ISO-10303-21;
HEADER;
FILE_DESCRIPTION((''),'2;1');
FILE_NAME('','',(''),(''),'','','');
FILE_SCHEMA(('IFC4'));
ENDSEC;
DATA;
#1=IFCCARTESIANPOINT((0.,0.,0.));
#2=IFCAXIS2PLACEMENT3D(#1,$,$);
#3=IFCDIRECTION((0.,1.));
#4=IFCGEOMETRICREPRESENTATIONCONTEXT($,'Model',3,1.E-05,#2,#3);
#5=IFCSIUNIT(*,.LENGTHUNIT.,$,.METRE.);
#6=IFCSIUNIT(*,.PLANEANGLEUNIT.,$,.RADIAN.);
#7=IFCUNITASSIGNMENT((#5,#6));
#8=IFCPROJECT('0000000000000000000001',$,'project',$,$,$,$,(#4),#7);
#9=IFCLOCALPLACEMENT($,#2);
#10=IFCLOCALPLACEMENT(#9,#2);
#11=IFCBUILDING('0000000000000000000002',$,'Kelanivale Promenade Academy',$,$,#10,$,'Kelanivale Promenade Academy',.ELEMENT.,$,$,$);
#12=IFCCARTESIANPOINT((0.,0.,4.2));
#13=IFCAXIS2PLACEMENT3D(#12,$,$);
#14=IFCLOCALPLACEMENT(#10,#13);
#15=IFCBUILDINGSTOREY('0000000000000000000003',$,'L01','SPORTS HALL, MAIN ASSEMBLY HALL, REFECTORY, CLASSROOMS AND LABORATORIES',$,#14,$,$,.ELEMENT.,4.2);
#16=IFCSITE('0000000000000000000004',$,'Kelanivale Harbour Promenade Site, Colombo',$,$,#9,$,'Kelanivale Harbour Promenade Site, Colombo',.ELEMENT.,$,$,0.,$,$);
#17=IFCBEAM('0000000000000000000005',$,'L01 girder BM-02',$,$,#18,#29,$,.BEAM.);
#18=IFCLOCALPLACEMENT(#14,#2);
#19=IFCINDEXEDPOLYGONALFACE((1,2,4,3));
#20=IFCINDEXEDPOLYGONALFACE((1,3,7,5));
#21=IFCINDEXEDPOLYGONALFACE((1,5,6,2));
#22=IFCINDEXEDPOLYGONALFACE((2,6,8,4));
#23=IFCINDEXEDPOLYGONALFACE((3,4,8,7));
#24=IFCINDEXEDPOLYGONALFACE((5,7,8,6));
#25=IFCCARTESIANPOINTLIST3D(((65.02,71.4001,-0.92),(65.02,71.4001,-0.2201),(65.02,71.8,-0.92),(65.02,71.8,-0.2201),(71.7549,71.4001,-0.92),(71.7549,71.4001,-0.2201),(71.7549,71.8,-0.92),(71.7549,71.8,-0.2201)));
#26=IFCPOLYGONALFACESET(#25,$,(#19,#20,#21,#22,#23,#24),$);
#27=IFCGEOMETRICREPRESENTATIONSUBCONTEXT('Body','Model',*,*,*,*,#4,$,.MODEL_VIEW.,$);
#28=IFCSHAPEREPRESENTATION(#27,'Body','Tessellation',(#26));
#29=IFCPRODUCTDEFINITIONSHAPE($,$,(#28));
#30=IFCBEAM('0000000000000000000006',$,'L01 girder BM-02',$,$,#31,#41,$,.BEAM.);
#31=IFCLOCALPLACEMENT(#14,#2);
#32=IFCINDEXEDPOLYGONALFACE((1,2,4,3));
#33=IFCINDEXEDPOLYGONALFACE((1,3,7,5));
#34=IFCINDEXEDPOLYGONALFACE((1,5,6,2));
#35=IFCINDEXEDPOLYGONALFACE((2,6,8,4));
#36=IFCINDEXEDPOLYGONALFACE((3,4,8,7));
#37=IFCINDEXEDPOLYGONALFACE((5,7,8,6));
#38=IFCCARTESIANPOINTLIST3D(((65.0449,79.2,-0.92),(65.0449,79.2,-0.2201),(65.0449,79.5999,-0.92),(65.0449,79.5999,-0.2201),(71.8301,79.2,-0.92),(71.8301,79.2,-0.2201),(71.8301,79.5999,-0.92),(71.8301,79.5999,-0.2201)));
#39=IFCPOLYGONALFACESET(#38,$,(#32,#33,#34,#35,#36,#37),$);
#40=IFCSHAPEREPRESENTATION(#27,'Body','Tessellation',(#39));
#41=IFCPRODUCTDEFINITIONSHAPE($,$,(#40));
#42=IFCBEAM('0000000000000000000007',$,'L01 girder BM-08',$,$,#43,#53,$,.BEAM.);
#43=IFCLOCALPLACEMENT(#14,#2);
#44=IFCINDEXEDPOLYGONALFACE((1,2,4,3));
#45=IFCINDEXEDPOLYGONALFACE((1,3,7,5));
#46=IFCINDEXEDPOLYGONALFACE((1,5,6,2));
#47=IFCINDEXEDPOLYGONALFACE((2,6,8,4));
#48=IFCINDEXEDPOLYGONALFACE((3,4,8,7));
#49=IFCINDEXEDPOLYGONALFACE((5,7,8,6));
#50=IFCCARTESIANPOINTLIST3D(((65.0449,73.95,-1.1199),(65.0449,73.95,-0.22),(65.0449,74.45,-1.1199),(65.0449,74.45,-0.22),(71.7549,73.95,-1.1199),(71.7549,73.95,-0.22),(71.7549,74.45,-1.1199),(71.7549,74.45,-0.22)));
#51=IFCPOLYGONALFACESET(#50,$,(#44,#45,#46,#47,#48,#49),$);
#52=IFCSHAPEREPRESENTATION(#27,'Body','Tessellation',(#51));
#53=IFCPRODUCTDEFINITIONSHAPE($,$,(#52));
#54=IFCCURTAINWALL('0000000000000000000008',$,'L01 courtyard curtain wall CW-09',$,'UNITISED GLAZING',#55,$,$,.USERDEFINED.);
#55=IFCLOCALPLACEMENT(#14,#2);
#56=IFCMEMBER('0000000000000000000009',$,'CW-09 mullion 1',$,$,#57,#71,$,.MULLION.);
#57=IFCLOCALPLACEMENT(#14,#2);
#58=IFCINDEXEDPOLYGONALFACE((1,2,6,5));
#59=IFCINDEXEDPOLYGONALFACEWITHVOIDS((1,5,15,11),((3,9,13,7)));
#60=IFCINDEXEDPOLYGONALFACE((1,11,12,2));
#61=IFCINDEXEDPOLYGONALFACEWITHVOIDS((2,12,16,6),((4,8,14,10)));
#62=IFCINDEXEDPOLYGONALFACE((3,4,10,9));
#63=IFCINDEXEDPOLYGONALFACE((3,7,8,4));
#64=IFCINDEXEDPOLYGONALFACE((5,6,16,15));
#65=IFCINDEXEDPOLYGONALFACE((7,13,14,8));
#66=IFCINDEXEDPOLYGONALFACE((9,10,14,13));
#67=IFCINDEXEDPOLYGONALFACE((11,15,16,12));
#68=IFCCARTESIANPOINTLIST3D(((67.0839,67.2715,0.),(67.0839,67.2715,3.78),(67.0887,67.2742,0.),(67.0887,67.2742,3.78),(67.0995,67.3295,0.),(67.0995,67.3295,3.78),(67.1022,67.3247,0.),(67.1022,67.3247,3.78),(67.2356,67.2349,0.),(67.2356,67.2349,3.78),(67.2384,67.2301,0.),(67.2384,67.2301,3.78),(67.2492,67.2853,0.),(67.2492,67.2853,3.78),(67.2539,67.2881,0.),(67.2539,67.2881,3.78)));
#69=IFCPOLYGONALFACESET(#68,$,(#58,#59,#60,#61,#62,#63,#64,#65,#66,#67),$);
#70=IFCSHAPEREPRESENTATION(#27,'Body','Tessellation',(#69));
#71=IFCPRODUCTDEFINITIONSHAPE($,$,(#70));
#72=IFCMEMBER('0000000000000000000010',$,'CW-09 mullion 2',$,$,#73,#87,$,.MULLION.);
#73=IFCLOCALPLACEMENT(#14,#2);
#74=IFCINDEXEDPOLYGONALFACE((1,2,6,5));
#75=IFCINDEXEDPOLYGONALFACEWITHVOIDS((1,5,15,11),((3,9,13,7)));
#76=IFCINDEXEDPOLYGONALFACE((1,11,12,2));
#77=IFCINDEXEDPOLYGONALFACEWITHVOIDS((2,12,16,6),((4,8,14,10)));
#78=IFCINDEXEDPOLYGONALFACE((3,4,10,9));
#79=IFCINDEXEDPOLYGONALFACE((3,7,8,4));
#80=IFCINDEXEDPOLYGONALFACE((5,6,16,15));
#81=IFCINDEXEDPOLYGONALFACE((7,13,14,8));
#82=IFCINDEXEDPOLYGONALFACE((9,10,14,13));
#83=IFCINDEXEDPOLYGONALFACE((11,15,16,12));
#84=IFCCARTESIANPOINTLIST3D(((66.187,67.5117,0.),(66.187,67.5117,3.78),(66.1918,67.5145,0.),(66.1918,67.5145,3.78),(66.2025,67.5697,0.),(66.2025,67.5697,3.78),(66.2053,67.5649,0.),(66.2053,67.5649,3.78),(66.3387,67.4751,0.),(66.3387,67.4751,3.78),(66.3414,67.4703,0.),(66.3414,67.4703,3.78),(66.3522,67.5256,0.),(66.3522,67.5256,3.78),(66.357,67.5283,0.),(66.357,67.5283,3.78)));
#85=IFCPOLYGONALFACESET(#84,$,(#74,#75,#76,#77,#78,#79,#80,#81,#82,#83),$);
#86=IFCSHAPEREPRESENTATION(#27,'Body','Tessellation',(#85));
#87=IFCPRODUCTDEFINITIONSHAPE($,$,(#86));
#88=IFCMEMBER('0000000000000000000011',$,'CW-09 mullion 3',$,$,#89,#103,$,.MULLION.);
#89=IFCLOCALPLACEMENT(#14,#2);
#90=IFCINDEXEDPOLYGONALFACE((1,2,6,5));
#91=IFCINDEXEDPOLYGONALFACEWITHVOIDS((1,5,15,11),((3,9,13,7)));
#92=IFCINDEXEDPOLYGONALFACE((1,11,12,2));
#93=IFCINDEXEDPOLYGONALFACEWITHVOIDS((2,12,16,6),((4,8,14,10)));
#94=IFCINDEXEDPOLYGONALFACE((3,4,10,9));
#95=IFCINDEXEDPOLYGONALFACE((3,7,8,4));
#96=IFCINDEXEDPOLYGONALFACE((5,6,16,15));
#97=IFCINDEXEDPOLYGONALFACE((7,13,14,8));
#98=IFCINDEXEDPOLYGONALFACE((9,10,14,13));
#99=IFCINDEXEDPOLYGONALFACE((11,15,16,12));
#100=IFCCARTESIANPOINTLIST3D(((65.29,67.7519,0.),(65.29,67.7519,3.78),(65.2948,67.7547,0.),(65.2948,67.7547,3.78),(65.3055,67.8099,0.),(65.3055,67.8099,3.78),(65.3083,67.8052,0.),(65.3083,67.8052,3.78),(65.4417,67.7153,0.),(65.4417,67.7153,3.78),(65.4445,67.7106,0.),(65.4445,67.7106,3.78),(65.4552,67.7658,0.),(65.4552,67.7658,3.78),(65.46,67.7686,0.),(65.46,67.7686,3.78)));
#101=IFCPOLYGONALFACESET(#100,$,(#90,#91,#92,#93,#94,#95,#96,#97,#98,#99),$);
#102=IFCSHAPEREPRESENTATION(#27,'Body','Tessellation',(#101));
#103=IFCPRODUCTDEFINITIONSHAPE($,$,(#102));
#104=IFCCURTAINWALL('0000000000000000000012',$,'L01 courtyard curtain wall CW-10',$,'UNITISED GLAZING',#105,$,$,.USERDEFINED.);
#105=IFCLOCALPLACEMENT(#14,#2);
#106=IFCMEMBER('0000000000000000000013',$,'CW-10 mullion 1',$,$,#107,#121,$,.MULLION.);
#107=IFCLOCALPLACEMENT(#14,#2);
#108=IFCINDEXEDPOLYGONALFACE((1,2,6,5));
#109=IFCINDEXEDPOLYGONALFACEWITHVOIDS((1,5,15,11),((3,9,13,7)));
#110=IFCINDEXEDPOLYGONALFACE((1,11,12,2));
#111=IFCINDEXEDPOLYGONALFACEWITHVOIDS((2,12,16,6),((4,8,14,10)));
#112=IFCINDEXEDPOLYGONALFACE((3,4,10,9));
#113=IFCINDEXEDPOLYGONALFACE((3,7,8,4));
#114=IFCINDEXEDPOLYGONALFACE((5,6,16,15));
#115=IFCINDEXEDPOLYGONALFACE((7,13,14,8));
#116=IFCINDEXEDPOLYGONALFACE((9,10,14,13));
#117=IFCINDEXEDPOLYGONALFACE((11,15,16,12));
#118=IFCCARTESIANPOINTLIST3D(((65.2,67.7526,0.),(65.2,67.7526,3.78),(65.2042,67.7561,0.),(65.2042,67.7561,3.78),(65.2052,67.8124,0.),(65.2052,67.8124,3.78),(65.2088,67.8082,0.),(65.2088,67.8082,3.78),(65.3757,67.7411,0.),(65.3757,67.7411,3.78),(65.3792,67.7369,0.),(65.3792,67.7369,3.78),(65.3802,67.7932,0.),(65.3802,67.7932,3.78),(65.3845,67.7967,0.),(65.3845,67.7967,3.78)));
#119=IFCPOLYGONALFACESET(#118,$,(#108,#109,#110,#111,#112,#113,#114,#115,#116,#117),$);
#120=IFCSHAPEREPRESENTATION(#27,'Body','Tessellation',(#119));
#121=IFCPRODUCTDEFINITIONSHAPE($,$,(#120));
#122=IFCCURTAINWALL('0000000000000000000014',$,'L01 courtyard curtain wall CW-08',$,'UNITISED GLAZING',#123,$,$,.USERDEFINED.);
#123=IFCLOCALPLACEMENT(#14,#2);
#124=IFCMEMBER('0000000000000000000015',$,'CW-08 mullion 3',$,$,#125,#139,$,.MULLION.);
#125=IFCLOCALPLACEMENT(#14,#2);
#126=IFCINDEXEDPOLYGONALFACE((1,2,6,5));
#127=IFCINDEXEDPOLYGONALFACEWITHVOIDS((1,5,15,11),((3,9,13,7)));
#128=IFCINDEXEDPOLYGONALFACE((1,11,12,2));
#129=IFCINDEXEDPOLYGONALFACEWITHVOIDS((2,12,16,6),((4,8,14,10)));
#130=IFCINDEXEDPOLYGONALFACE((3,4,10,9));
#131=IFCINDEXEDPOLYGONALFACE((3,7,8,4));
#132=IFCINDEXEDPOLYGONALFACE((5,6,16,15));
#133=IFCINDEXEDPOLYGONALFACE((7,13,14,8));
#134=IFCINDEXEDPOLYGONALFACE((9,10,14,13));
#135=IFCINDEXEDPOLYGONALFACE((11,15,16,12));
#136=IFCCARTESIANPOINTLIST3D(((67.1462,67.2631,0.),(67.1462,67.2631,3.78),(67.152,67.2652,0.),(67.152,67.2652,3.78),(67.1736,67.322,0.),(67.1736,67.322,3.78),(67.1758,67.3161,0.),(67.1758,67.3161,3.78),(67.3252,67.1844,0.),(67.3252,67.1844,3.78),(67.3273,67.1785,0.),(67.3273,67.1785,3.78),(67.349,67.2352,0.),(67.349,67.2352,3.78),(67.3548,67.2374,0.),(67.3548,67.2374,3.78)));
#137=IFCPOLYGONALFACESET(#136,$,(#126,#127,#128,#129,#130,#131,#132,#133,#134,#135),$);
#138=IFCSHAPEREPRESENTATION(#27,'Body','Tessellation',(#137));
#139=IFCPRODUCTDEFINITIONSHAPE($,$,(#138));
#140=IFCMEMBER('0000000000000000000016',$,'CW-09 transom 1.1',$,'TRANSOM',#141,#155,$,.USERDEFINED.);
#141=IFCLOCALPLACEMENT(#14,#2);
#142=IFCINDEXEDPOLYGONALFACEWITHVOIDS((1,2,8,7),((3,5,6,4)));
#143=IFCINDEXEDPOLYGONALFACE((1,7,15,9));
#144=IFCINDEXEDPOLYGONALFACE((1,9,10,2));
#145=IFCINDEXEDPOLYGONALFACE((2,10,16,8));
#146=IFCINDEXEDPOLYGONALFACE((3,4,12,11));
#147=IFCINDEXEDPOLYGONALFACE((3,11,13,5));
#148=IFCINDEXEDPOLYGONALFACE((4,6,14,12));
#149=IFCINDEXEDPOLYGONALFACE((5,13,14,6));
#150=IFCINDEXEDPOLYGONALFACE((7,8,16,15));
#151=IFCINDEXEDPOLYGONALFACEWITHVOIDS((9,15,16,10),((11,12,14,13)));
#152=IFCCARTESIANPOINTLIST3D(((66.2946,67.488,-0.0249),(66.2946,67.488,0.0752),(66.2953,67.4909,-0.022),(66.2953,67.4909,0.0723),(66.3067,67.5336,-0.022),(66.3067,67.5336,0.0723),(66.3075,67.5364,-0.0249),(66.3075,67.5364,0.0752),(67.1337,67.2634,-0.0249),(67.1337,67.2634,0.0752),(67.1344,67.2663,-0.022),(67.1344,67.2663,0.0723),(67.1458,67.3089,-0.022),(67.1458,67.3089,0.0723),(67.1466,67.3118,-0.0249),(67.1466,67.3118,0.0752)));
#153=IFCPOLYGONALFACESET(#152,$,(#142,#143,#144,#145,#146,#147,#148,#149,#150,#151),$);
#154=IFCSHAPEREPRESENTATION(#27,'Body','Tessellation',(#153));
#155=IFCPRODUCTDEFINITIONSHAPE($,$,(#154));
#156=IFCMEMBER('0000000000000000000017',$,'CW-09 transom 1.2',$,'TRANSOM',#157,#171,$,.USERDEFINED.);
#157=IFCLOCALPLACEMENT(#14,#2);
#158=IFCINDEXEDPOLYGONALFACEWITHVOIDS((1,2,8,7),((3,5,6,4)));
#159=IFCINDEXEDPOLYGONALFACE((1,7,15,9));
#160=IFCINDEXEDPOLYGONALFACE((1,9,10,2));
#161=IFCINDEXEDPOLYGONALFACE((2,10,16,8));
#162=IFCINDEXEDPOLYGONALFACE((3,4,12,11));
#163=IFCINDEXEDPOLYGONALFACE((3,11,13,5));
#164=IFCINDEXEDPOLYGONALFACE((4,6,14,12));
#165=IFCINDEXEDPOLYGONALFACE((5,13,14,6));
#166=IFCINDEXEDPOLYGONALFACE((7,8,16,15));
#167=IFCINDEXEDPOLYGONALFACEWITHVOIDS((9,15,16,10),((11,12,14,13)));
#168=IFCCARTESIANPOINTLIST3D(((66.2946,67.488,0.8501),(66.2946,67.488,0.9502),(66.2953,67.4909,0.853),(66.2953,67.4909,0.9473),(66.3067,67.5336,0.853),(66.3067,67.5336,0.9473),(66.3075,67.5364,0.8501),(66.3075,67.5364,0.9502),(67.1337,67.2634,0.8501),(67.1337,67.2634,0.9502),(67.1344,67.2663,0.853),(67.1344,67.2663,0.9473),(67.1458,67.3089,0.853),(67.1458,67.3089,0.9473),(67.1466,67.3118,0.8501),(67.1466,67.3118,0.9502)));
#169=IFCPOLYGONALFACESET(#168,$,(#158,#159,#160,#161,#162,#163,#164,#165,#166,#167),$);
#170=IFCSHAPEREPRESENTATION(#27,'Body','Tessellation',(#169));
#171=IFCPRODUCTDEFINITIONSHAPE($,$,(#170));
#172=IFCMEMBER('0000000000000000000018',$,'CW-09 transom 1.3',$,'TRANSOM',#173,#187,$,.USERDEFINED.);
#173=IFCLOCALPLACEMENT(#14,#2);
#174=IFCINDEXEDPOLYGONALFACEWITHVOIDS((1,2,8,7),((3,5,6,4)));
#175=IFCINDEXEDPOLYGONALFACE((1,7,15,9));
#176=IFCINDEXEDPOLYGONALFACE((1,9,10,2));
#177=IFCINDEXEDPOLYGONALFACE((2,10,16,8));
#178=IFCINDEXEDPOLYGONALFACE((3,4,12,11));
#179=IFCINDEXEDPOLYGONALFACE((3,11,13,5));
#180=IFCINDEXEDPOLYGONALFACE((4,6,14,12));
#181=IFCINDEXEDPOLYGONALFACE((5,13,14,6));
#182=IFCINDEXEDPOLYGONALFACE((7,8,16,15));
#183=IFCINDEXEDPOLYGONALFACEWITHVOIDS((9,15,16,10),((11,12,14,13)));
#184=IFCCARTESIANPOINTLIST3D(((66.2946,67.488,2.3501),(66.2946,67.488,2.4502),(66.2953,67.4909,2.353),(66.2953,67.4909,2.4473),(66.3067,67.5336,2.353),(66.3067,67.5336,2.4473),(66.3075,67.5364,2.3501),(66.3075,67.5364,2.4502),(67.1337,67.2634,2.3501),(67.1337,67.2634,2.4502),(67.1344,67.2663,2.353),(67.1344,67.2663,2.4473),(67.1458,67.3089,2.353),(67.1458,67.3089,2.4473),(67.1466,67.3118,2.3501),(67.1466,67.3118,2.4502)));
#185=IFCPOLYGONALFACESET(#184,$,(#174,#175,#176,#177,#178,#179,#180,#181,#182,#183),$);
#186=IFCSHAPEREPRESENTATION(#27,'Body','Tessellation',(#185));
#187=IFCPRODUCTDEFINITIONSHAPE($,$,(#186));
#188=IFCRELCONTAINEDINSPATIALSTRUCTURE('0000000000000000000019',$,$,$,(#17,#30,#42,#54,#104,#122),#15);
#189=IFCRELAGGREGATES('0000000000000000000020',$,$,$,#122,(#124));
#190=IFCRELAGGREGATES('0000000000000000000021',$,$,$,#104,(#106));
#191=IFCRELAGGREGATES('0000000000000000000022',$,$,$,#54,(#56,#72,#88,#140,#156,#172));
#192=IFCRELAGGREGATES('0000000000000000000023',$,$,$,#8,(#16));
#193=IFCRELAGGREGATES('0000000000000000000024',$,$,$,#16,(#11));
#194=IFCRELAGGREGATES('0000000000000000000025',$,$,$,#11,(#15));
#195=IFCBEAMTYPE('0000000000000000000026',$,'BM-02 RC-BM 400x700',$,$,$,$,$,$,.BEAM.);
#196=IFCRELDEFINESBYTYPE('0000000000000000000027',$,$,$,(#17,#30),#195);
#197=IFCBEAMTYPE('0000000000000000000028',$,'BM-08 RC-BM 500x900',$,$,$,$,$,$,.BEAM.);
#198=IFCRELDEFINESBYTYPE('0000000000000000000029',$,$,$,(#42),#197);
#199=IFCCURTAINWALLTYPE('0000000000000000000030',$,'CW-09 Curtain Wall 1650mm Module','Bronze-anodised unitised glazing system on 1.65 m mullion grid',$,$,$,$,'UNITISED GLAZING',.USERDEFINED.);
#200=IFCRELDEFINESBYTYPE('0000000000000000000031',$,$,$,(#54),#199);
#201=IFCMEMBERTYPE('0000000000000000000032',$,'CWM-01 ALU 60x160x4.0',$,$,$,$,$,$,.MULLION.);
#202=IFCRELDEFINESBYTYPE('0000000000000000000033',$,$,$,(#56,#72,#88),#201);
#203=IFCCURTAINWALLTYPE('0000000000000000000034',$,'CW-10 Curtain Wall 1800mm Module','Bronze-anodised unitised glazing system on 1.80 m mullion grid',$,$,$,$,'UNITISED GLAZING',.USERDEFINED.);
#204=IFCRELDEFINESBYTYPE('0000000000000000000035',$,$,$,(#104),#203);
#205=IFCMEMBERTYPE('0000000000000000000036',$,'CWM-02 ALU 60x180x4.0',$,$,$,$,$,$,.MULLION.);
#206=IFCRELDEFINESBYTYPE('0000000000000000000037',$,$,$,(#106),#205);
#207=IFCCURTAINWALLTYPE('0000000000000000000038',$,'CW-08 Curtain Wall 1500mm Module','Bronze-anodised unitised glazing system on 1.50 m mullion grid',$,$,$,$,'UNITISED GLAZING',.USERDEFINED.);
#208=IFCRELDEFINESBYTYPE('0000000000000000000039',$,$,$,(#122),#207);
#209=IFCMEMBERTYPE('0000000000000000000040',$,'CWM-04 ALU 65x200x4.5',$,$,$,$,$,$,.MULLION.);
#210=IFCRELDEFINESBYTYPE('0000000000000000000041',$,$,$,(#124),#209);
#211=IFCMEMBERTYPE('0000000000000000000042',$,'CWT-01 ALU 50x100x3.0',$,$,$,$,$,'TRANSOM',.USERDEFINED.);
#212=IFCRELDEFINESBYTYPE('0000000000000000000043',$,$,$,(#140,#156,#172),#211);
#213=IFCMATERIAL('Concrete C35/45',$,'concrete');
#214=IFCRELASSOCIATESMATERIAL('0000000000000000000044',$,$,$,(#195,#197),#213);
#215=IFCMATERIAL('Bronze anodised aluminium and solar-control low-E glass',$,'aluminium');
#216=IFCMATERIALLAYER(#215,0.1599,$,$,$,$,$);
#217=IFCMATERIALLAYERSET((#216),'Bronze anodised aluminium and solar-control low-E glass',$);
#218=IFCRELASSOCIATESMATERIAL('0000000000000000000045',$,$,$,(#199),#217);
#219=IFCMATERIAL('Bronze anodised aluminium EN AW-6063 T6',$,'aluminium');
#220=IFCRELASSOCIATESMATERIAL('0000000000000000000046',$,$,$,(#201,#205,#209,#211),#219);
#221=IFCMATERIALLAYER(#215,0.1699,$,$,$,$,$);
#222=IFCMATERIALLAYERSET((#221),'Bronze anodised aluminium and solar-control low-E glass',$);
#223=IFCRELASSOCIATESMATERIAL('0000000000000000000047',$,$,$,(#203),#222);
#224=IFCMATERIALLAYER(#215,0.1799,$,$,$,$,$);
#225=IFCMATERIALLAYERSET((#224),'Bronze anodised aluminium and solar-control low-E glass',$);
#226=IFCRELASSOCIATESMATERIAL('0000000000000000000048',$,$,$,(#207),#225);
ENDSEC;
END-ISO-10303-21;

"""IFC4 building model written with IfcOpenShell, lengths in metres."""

from ifc_helpers import new_model, si_unit, direction, frame, origin, origin_2d, place, context, subcontext, project, spatial, rectangle, hollow_rectangle, extrude, material, layer, layer_set, material_profile, profile_set, type_object, element, aggregate, save


model = new_model("IFC4")

# Units and contexts
model_context = context("Model", 3, precision=1e-05, world=origin(), true_north=direction((0.0, 1.0)))
body_context = subcontext(model_context, "Body", "Model", "MODEL_VIEW")
ifc_project = project(units=[si_unit("LENGTHUNIT", "METRE"), si_unit("PLANEANGLEUNIT", "RADIAN")], contexts=[model_context])

# Site, building, storey
site_placement = place(None, origin())
site = spatial("IfcSite", under=ifc_project, at=site_placement, Name="Kelanivale Harbour Promenade Site, Colombo", LongName="Kelanivale Harbour Promenade Site, Colombo", CompositionType="ELEMENT", RefElevation=0.0)
building_placement = place(site_placement, origin())
building = spatial("IfcBuilding", under=site, at=building_placement, Name="Kelanivale Promenade Academy", LongName="Kelanivale Promenade Academy", CompositionType="ELEMENT")
storey_placement = place(building_placement, frame((0.0, 0.0, 4.2)))
storey = spatial("IfcBuildingStorey", under=building, at=storey_placement, Name="L01", Description="SPORTS HALL, MAIN ASSEMBLY HALL, REFECTORY, CLASSROOMS AND LABORATORIES", CompositionType="ELEMENT", Elevation=4.2)

# Beams
ifc_material_1 = material(Name="Concrete C35/45", Category="concrete")
ifc_material_profile_1 = material_profile(ifc_material_1, rectangle(XDim=0.3999, YDim=0.7, at=origin_2d()), Name="RC-BM 400x700")
ifc_profile_set_1 = profile_set([ifc_material_profile_1], Name="Concrete C35/45")
beam_type_1 = type_object("IfcBeamType", Name="BM-02 RC-BM 400x700", PredefinedType="BEAM", material=ifc_profile_set_1)
beam_1_placement = place(storey_placement, frame((65.02, 71.6001, -0.5701), z_axis=(1.0, 0.0, 0.0), x_axis=(0.0, 1.0, 0.0)))
element("IfcBeam", 1, at=beam_1_placement, inside=storey, type_object=beam_type_1, Name="L01 girder BM-02", PredefinedType="BEAM", context=body_context, shape_type="SweptSolid", body=[
    extrude(rectangle(XDim=0.3999, YDim=0.7, at=origin_2d()), origin(), (0.0, 0.0, 1.0), 6.7349),
])
beam_2_placement = place(storey_placement, frame((65.0449, 79.3999, -0.5701), z_axis=(1.0, 0.0, 0.0), x_axis=(0.0, 1.0, 0.0)))
element("IfcBeam", 2, at=beam_2_placement, inside=storey, type_object=beam_type_1, Name="L01 girder BM-02", PredefinedType="BEAM", context=body_context, shape_type="SweptSolid", body=[
    extrude(rectangle(XDim=0.3999, YDim=0.7, at=origin_2d()), origin(), (0.0, 0.0, 1.0), 6.7852),
])
ifc_material_profile_2 = material_profile(ifc_material_1, rectangle(XDim=0.5, YDim=0.8999, at=origin_2d()), Name="RC-BM 500x900")
ifc_profile_set_2 = profile_set([ifc_material_profile_2], Name="Concrete C35/45")
beam_type_2 = type_object("IfcBeamType", Name="BM-08 RC-BM 500x900", PredefinedType="BEAM", material=ifc_profile_set_2)
beam_3_placement = place(storey_placement, frame((65.0449, 74.2, -0.6699), z_axis=(1.0, 0.0, 0.0), x_axis=(0.0, 1.0, 0.0)))
element("IfcBeam", 3, at=beam_3_placement, inside=storey, type_object=beam_type_2, Name="L01 girder BM-08", PredefinedType="BEAM", context=body_context, shape_type="SweptSolid", body=[
    extrude(rectangle(XDim=0.5, YDim=0.8999, at=origin_2d()), origin(), (0.0, 0.0, 1.0), 6.71),
])

# Curtain wall, members
ifc_material_2 = material(Name="Bronze anodised aluminium and solar-control low-E glass", Category="aluminium")
ifc_layer_1 = layer(ifc_material_2, 0.1599)
ifc_layer_set_1 = layer_set([ifc_layer_1], Name="Bronze anodised aluminium and solar-control low-E glass")
curtain_wall_type_1 = type_object("IfcCurtainWallType", Name="CW-09 Curtain Wall 1650mm Module", Description="Bronze-anodised unitised glazing system on 1.65 m mullion grid", ElementType="UNITISED GLAZING", PredefinedType="USERDEFINED", material=ifc_layer_set_1)
curtain_wall_1_placement = place(storey_placement, origin())
curtain_wall_1 = element("IfcCurtainWall", 4, at=curtain_wall_1_placement, inside=storey, type_object=curtain_wall_type_1, Name="L01 courtyard curtain wall CW-09", ObjectType="UNITISED GLAZING", PredefinedType="USERDEFINED")
ifc_material_3 = material(Name="Bronze anodised aluminium EN AW-6063 T6", Category="aluminium")
ifc_material_profile_3 = material_profile(ifc_material_3, hollow_rectangle(XDim=0.0601, YDim=0.1599, WallThickness=0.0039, at=origin_2d()), Name="ALU 60x160x4.0")
ifc_profile_set_3 = profile_set([ifc_material_profile_3], Name="Bronze anodised aluminium EN AW-6063 T6")
member_type_1 = type_object("IfcMemberType", Name="CWM-01 ALU 60x160x4.0", PredefinedType="MULLION", material=ifc_profile_set_3)
member_1_placement = place(storey_placement, frame((67.1689, 67.2798, 0.0), z_axis=(0.0, 0.0, 1.0), x_axis=(-0.258701, -0.965957, 0.0)))
member_1 = element("IfcMember", 5, at=member_1_placement, type_object=member_type_1, Name="CW-09 mullion 1", PredefinedType="MULLION", context=body_context, shape_type="SweptSolid", body=[
    extrude(hollow_rectangle(XDim=0.0601, YDim=0.1599, WallThickness=0.0039, at=origin_2d()), origin(), (0.0, 0.0, 1.0), 3.78),
])
member_2_placement = place(storey_placement, frame((66.272, 67.52, 0.0), z_axis=(0.0, 0.0, 1.0), x_axis=(-0.258701, -0.965957, 0.0)))
member_2 = element("IfcMember", 6, at=member_2_placement, type_object=member_type_1, Name="CW-09 mullion 2", PredefinedType="MULLION", context=body_context, shape_type="SweptSolid", body=[
    extrude(hollow_rectangle(XDim=0.0601, YDim=0.1599, WallThickness=0.0039, at=origin_2d()), origin(), (0.0, 0.0, 1.0), 3.78),
])
member_3_placement = place(storey_placement, frame((65.375, 67.7603, 0.0), z_axis=(0.0, 0.0, 1.0), x_axis=(-0.258701, -0.965957, 0.0)))
member_3 = element("IfcMember", 7, at=member_3_placement, type_object=member_type_1, Name="CW-09 mullion 3", PredefinedType="MULLION", context=body_context, shape_type="SweptSolid", body=[
    extrude(hollow_rectangle(XDim=0.0601, YDim=0.1599, WallThickness=0.0039, at=origin_2d()), origin(), (0.0, 0.0, 1.0), 3.78),
])

# Curtain walls, members
ifc_layer_2 = layer(ifc_material_2, 0.1699)
ifc_layer_set_2 = layer_set([ifc_layer_2], Name="Bronze anodised aluminium and solar-control low-E glass")
curtain_wall_type_2 = type_object("IfcCurtainWallType", Name="CW-10 Curtain Wall 1800mm Module", Description="Bronze-anodised unitised glazing system on 1.80 m mullion grid", ElementType="UNITISED GLAZING", PredefinedType="USERDEFINED", material=ifc_layer_set_2)
curtain_wall_2_placement = place(storey_placement, origin())
curtain_wall_2 = element("IfcCurtainWall", 8, at=curtain_wall_2_placement, inside=storey, type_object=curtain_wall_type_2, Name="L01 courtyard curtain wall CW-10", ObjectType="UNITISED GLAZING", PredefinedType="USERDEFINED")
ifc_material_profile_4 = material_profile(ifc_material_3, hollow_rectangle(XDim=0.0601, YDim=0.1799, WallThickness=0.0039, at=origin_2d()), Name="ALU 60x180x4.0")
ifc_profile_set_4 = profile_set([ifc_material_profile_4], Name="Bronze anodised aluminium EN AW-6063 T6")
member_type_2 = type_object("IfcMemberType", Name="CWM-02 ALU 60x180x4.0", PredefinedType="MULLION", material=ifc_profile_set_4)
member_4_placement = place(storey_placement, frame((65.2922, 67.7747, 0.0), z_axis=(0.0, 0.0, 1.0), x_axis=(-0.087265, -0.996185, 0.0)))
member_4 = element("IfcMember", 9, at=member_4_placement, type_object=member_type_2, Name="CW-10 mullion 1", PredefinedType="MULLION", context=body_context, shape_type="SweptSolid", body=[
    extrude(hollow_rectangle(XDim=0.0601, YDim=0.1799, WallThickness=0.0039, at=origin_2d()), origin(), (0.0, 0.0, 1.0), 3.78),
])
ifc_layer_3 = layer(ifc_material_2, 0.1799)
ifc_layer_set_3 = layer_set([ifc_layer_3], Name="Bronze anodised aluminium and solar-control low-E glass")
curtain_wall_type_3 = type_object("IfcCurtainWallType", Name="CW-08 Curtain Wall 1500mm Module", Description="Bronze-anodised unitised glazing system on 1.50 m mullion grid", ElementType="UNITISED GLAZING", PredefinedType="USERDEFINED", material=ifc_layer_set_3)
curtain_wall_3_placement = place(storey_placement, origin())
curtain_wall_3 = element("IfcCurtainWall", 10, at=curtain_wall_3_placement, inside=storey, type_object=curtain_wall_type_3, Name="L01 courtyard curtain wall CW-08", ObjectType="UNITISED GLAZING", PredefinedType="USERDEFINED")
ifc_material_profile_5 = material_profile(ifc_material_3, hollow_rectangle(XDim=0.0649, YDim=0.2, WallThickness=0.0044, at=origin_2d()), Name="ALU 65x200x4.5")
ifc_profile_set_5 = profile_set([ifc_material_profile_5], Name="Bronze anodised aluminium EN AW-6063 T6")
member_type_3 = type_object("IfcMemberType", Name="CWM-04 ALU 65x200x4.5", PredefinedType="MULLION", material=ifc_profile_set_5)
member_5_placement = place(storey_placement, frame((67.2505, 67.2502, 0.0), z_axis=(0.0, 0.0, 1.0), x_axis=(-0.423087, -0.906089, 0.0)))
member_5 = element("IfcMember", 11, at=member_5_placement, type_object=member_type_3, Name="CW-08 mullion 3", PredefinedType="MULLION", context=body_context, shape_type="SweptSolid", body=[
    extrude(hollow_rectangle(XDim=0.0649, YDim=0.2, WallThickness=0.0044, at=origin_2d()), origin(), (0.0, 0.0, 1.0), 3.78),
])
aggregate(curtain_wall_3, [member_5])

# Members
ifc_material_profile_6 = material_profile(ifc_material_3, hollow_rectangle(XDim=0.05, YDim=0.1001, WallThickness=0.0029, at=origin_2d()), Name="ALU 50x100x3.0")
ifc_profile_set_6 = profile_set([ifc_material_profile_6], Name="Bronze anodised aluminium EN AW-6063 T6")
member_type_4 = type_object("IfcMemberType", Name="CWT-01 ALU 50x100x3.0", ElementType="TRANSOM", PredefinedType="USERDEFINED", material=ifc_profile_set_6)
member_6_placement = place(storey_placement, frame((67.1401, 67.2876, 0.0251), z_axis=(-0.965992, 0.258572, 0.0), x_axis=(-0.258572, -0.965992, 0.0)))
member_6 = element("IfcMember", 12, at=member_6_placement, type_object=member_type_4, Name="CW-09 transom 1.1", ObjectType="TRANSOM", PredefinedType="USERDEFINED", context=body_context, shape_type="SweptSolid", body=[
    extrude(hollow_rectangle(XDim=0.05, YDim=0.1001, WallThickness=0.0029, at=origin_2d()), origin(), (0.0, 0.0, 1.0), 0.8687),
])
member_7_placement = place(storey_placement, frame((67.1401, 67.2876, 0.9001), z_axis=(-0.965992, 0.258572, 0.0), x_axis=(-0.258572, -0.965992, 0.0)))
member_7 = element("IfcMember", 13, at=member_7_placement, type_object=member_type_4, Name="CW-09 transom 1.2", ObjectType="TRANSOM", PredefinedType="USERDEFINED", context=body_context, shape_type="SweptSolid", body=[
    extrude(hollow_rectangle(XDim=0.05, YDim=0.1001, WallThickness=0.0029, at=origin_2d()), origin(), (0.0, 0.0, 1.0), 0.8687),
])
member_8_placement = place(storey_placement, frame((67.1401, 67.2876, 2.4001), z_axis=(-0.965992, 0.258572, 0.0), x_axis=(-0.258572, -0.965992, 0.0)))
member_8 = element("IfcMember", 14, at=member_8_placement, type_object=member_type_4, Name="CW-09 transom 1.3", ObjectType="TRANSOM", PredefinedType="USERDEFINED", context=body_context, shape_type="SweptSolid", body=[
    extrude(hollow_rectangle(XDim=0.05, YDim=0.1001, WallThickness=0.0029, at=origin_2d()), origin(), (0.0, 0.0, 1.0), 0.8687),
])

aggregate(curtain_wall_2, [member_4])
aggregate(curtain_wall_1, [member_1, member_2, member_3, member_6, member_7, member_8])

save(model, "model.ifc")
